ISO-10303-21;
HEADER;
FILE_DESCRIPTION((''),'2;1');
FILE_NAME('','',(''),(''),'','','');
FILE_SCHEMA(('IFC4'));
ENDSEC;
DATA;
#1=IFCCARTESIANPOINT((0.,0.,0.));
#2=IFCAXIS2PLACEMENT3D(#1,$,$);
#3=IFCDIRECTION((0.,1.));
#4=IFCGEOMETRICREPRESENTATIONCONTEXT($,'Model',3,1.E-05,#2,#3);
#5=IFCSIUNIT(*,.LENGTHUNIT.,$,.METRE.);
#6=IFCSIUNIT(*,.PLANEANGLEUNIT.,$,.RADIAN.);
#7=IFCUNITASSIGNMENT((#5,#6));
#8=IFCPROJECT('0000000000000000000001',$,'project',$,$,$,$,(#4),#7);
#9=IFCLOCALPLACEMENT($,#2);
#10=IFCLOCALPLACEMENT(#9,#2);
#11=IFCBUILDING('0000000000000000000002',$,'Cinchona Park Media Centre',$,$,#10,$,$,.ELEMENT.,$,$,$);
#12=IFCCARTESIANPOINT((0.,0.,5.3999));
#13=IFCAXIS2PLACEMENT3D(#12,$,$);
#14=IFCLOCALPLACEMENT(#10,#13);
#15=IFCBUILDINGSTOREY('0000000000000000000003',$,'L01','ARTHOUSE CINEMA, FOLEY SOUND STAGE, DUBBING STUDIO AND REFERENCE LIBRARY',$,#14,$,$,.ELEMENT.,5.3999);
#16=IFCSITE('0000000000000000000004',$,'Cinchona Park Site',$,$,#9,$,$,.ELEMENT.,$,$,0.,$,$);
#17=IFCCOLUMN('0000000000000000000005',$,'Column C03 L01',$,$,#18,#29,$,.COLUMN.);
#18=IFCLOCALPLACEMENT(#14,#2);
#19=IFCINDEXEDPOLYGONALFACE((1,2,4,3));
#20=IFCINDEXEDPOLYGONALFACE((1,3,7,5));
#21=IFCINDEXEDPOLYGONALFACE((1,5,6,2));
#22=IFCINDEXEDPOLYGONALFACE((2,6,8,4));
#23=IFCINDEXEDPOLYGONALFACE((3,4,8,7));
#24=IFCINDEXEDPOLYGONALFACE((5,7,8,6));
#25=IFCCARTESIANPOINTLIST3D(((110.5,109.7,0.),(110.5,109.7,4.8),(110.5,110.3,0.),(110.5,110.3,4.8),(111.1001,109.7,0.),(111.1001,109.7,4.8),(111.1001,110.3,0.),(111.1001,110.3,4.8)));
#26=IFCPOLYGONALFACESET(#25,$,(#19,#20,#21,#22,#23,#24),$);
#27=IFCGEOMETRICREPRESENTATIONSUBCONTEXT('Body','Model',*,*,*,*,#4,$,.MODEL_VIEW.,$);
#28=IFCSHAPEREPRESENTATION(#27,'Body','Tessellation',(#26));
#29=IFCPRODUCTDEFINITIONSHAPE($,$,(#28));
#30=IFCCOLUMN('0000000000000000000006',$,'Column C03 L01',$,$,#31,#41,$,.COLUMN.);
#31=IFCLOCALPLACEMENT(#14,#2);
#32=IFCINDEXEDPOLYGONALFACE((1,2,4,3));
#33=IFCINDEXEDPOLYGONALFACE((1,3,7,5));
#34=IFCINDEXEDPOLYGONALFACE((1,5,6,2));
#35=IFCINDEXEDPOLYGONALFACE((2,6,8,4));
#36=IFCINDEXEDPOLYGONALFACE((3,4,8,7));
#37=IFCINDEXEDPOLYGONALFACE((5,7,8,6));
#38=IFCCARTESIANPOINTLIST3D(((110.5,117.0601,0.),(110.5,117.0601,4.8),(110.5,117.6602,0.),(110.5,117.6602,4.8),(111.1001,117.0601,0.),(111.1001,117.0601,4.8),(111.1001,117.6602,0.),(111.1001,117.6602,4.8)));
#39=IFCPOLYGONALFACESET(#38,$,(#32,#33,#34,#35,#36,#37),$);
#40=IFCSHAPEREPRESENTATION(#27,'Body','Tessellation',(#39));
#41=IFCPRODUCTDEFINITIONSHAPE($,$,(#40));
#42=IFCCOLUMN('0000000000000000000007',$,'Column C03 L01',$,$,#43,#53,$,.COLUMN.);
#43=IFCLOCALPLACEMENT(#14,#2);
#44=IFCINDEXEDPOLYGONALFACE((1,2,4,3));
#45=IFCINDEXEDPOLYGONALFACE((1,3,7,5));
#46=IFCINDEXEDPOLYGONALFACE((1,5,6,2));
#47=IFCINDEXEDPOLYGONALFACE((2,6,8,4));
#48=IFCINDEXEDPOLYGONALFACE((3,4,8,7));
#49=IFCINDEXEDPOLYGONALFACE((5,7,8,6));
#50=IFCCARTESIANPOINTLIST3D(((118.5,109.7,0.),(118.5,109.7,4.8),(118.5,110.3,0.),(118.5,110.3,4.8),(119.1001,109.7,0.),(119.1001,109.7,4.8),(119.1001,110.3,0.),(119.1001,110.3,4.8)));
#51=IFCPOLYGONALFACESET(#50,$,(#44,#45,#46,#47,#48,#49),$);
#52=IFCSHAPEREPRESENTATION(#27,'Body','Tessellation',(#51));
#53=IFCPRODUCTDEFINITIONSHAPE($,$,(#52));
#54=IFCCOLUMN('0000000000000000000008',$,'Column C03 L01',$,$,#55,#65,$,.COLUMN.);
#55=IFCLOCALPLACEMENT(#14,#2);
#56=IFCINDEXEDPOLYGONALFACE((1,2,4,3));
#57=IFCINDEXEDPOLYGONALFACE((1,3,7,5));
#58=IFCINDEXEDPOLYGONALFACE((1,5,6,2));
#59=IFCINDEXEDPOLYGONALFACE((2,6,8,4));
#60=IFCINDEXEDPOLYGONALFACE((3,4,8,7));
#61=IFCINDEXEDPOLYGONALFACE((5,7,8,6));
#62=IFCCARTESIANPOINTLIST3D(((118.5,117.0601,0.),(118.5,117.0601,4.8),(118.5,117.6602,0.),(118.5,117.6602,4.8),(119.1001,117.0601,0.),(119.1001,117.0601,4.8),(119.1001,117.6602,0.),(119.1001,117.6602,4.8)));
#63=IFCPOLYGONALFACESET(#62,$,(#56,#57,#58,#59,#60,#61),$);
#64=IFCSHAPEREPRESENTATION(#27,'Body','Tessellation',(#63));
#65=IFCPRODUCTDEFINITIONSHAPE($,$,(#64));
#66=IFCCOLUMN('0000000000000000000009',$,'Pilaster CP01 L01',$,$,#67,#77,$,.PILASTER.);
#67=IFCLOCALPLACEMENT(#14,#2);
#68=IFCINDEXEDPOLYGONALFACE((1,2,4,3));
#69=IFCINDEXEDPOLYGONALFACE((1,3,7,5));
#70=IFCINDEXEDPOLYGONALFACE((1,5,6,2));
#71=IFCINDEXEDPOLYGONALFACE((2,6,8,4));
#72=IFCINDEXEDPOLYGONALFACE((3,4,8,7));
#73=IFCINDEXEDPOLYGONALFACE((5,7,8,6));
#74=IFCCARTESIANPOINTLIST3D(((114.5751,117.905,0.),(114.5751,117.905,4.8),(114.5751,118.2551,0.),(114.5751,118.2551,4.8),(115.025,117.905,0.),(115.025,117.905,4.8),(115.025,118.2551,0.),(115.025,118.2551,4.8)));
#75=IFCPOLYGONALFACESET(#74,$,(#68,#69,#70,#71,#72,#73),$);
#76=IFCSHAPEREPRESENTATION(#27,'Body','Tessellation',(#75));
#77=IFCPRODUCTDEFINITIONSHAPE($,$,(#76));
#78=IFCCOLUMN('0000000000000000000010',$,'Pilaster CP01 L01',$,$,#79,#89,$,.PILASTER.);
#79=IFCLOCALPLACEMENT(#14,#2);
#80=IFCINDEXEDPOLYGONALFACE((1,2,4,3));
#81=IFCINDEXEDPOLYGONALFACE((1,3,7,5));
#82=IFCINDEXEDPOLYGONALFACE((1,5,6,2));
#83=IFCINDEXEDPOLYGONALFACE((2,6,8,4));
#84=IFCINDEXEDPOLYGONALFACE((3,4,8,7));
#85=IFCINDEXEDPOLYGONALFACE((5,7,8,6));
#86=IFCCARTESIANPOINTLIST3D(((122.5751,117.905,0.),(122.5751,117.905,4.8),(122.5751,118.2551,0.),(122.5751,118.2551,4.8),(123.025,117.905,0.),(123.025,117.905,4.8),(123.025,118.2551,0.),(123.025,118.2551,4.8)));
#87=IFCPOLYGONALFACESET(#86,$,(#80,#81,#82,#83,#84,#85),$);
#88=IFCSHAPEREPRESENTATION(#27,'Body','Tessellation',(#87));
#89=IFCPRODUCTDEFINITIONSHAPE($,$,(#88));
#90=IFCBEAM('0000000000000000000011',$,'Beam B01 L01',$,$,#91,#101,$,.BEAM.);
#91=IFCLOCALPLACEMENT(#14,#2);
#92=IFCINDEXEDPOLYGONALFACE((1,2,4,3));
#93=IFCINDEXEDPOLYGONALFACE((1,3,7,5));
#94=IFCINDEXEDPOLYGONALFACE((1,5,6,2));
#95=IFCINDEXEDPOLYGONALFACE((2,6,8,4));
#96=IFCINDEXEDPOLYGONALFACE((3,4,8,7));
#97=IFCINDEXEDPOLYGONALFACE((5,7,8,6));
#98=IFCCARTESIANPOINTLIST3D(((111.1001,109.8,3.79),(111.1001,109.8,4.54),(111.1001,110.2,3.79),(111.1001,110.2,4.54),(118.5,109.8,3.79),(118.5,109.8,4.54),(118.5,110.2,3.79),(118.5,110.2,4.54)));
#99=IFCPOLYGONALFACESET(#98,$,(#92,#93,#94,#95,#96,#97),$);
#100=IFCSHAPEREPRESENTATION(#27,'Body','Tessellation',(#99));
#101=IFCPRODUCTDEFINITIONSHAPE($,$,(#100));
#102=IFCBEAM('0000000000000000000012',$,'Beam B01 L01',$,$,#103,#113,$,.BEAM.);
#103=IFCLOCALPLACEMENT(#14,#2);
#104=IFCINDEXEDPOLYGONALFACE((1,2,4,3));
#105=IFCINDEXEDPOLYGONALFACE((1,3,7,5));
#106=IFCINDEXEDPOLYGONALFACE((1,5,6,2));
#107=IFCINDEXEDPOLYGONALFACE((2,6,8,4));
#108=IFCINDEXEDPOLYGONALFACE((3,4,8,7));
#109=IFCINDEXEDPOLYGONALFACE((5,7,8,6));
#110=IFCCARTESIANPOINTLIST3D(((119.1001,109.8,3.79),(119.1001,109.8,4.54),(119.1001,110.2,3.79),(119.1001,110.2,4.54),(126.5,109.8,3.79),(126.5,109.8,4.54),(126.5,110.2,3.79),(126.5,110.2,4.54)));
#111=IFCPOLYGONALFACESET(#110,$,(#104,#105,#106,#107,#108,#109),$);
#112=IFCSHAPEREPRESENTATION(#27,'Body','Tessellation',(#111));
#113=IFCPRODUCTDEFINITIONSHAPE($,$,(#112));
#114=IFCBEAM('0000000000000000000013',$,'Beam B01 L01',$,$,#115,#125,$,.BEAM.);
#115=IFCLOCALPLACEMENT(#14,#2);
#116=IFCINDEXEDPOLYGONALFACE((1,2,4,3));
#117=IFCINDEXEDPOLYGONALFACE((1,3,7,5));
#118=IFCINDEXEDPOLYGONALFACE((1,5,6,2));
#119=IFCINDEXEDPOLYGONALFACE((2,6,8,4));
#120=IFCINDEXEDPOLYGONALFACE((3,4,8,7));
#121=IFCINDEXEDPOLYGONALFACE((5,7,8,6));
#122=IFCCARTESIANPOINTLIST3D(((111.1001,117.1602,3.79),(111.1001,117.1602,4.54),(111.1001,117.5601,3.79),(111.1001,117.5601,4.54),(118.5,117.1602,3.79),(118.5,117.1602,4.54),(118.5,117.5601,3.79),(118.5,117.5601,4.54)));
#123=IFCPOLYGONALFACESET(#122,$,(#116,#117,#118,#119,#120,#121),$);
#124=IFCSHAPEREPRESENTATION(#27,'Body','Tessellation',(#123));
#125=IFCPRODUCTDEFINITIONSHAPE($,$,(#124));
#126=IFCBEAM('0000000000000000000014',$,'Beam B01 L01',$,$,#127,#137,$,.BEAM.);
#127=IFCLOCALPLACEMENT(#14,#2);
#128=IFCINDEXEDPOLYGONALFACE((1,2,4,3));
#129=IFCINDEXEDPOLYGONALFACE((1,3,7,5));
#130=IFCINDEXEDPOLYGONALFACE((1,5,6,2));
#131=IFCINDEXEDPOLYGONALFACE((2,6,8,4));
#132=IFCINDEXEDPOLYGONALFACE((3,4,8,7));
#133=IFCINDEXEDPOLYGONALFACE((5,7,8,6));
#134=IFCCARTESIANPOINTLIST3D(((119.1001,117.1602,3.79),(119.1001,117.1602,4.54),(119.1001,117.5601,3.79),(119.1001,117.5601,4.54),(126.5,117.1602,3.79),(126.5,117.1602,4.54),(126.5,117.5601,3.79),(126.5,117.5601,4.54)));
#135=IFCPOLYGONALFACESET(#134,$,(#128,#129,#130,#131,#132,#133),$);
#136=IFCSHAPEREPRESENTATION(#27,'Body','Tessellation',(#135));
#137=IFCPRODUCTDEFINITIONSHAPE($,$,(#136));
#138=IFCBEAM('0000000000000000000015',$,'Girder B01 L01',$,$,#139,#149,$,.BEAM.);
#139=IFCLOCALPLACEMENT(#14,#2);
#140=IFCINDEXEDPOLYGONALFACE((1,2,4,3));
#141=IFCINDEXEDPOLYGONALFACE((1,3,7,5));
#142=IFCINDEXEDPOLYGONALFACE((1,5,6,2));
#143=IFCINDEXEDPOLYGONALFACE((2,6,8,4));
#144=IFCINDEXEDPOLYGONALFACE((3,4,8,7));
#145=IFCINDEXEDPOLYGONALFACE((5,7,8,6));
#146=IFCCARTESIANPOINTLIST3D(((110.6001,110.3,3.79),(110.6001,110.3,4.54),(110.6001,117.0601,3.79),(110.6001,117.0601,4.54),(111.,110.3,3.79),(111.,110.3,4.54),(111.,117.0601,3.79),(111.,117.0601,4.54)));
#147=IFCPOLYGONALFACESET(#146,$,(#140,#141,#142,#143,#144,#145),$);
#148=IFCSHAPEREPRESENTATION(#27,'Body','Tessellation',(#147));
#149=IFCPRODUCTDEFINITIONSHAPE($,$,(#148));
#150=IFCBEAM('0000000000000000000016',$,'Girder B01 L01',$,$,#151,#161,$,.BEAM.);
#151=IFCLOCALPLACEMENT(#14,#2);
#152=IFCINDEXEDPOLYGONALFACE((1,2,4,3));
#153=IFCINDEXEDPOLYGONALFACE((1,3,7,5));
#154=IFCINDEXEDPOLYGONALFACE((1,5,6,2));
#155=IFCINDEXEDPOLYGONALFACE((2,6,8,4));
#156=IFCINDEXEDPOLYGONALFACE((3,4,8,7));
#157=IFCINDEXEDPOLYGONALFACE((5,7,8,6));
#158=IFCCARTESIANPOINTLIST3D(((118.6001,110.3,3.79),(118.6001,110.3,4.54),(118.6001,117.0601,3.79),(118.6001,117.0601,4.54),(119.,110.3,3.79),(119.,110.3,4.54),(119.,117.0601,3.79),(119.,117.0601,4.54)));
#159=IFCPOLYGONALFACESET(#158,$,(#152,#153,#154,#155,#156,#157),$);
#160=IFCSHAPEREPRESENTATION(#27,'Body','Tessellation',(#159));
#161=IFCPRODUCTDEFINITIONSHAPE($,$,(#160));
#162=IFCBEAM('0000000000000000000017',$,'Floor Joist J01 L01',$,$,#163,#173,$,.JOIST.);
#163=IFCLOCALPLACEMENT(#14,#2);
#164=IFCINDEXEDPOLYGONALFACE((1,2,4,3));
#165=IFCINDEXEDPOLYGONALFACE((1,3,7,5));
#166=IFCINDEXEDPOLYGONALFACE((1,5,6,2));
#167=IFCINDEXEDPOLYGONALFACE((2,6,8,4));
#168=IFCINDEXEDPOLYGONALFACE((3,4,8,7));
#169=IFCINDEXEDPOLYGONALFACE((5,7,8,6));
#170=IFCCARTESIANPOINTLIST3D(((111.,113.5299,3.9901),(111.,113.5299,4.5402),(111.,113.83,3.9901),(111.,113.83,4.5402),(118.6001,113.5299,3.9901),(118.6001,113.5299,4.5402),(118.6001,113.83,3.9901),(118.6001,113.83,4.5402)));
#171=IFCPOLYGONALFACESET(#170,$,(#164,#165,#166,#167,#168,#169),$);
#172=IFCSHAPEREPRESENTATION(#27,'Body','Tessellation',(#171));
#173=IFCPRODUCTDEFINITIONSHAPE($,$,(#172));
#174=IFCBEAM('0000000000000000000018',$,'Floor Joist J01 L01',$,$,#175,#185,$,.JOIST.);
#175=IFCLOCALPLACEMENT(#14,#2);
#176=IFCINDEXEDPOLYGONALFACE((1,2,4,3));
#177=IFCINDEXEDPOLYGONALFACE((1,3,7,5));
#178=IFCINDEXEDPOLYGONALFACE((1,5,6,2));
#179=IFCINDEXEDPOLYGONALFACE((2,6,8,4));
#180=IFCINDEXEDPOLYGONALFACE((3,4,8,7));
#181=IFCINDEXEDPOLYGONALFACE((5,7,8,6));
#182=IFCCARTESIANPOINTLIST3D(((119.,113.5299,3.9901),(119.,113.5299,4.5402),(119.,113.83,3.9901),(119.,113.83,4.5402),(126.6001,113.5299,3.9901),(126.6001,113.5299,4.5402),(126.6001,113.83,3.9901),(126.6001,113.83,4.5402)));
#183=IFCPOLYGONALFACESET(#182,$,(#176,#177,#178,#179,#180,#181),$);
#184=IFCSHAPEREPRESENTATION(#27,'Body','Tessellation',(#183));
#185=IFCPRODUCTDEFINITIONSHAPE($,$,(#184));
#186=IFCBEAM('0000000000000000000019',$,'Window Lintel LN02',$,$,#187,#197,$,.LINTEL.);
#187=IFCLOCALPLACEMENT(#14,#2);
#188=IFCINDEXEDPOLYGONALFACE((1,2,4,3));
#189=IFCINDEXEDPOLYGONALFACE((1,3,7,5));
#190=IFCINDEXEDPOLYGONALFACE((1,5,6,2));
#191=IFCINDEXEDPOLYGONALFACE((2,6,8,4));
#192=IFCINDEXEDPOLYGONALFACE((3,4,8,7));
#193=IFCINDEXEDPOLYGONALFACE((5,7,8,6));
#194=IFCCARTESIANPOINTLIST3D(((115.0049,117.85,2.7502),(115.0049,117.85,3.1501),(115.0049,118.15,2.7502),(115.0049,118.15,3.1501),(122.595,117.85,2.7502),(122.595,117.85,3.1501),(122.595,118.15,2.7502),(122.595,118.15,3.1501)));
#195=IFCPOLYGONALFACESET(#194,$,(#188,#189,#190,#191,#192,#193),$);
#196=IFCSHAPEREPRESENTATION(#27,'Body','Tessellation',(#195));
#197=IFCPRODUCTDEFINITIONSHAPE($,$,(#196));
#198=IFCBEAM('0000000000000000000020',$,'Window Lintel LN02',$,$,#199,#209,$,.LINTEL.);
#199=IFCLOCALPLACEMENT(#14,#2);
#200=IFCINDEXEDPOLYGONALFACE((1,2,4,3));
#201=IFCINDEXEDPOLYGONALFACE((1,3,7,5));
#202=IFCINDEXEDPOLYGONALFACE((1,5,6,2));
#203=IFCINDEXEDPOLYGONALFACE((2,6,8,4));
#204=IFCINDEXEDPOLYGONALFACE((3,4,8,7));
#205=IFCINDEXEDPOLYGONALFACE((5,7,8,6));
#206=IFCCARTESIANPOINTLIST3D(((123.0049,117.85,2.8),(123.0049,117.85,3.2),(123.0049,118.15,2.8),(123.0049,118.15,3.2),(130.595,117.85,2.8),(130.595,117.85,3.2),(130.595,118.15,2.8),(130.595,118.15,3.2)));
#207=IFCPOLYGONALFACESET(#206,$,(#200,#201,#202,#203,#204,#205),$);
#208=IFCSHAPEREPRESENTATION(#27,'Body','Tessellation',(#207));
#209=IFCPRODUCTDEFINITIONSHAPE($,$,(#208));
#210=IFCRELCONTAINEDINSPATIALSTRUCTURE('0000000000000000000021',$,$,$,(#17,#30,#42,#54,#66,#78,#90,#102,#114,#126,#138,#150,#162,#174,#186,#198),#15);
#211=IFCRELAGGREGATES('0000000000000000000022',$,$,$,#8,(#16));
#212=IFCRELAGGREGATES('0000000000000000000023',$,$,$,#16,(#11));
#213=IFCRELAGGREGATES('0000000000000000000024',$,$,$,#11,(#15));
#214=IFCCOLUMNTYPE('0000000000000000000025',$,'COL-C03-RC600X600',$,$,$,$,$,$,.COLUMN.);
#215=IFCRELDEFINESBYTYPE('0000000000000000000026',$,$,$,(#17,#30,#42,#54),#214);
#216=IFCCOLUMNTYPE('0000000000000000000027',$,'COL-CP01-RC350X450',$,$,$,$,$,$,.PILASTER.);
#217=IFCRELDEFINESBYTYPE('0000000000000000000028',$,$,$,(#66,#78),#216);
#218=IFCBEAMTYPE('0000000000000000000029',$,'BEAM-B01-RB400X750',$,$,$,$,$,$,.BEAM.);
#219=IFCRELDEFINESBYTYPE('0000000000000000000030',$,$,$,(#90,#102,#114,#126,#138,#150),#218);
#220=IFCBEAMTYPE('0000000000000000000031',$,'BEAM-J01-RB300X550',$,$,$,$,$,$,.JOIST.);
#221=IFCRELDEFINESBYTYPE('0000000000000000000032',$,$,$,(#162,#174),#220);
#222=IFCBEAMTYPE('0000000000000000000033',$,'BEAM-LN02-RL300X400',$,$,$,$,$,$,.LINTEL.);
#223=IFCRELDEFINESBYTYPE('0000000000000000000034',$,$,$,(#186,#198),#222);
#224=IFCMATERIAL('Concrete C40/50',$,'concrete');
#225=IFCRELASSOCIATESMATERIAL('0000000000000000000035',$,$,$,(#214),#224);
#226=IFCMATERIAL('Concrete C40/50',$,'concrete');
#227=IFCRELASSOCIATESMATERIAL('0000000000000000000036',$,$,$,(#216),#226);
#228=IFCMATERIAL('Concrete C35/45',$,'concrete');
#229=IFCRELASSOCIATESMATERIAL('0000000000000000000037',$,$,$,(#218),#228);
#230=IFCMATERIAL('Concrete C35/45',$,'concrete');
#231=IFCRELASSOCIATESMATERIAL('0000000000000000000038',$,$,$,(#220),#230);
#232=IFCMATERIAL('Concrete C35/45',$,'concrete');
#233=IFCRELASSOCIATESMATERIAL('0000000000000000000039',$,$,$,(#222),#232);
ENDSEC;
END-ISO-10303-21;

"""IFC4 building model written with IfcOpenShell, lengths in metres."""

from ifc_helpers import new_model, si_unit, direction, frame, origin, origin_2d, place, context, subcontext, project, spatial, rectangle, extrude, material, material_profile, profile_set, type_object, element, save


model = new_model("IFC4")

# Units and contexts
model_context = context("Model", 3, precision=1e-05, world=origin(), true_north=direction((0.0, 1.0)))
body_context = subcontext(model_context, "Body", "Model", "MODEL_VIEW")
ifc_project = project(units=[si_unit("LENGTHUNIT", "METRE"), si_unit("PLANEANGLEUNIT", "RADIAN")], contexts=[model_context])

# Site, building, storey
site_placement = place(None, origin())
site = spatial("IfcSite", under=ifc_project, at=site_placement, Name="Cinchona Park Site", CompositionType="ELEMENT", RefElevation=0.0)
building_placement = place(site_placement, origin())
building = spatial("IfcBuilding", under=site, at=building_placement, Name="Cinchona Park Media Centre", CompositionType="ELEMENT")
storey_placement = place(building_placement, frame((0.0, 0.0, 5.3999)))
storey = spatial("IfcBuildingStorey", under=building, at=storey_placement, Name="L01", Description="ARTHOUSE CINEMA, FOLEY SOUND STAGE, DUBBING STUDIO AND REFERENCE LIBRARY", CompositionType="ELEMENT", Elevation=5.3999)

# Columns
ifc_material_1 = material(Name="Concrete C40/50", Category="concrete")
ifc_material_profile_1 = material_profile(ifc_material_1, rectangle(XDim=0.6001, YDim=0.6001, at=origin_2d()), Name="RC 600X600")
ifc_profile_set_1 = profile_set([ifc_material_profile_1], Name="Concrete C40/50")
column_type_1 = type_object("IfcColumnType", Name="COL-C03-RC600X600", PredefinedType="COLUMN", material=ifc_profile_set_1)
for number, where, z_axis, x_axis, name in (
    (1, (110.8, 110.0, 0.0), (0.0, 0.0, 1.0), (1.0, 0.0, 0.0), "Column C03 L01"),
    (2, (110.8, 117.3601, 0.0), (0.0, 0.0, 1.0), (1.0, 0.0, 0.0), "Column C03 L01"),
    (3, (118.8, 110.0, 0.0), (0.0, 0.0, 1.0), (1.0, 0.0, 0.0), "Column C03 L01"),
    (4, (118.8, 117.3601, 0.0), (0.0, 0.0, 1.0), (1.0, 0.0, 0.0), "Column C03 L01"),
):
    element("IfcColumn", number, at=place(storey_placement, frame(where, z_axis=z_axis, x_axis=x_axis)), inside=storey, type_object=column_type_1, Name=name, PredefinedType="COLUMN", context=body_context, shape_type="SweptSolid", body=[
        extrude(rectangle(XDim=0.6001, YDim=0.6001, at=origin_2d()), origin(), (0.0, 0.0, 1.0), 4.8),
    ])
ifc_material_2 = material(Name="Concrete C40/50", Category="concrete")
ifc_material_profile_2 = material_profile(ifc_material_2, rectangle(XDim=0.3501, YDim=0.45, at=origin_2d()), Name="RC 350X450")
ifc_profile_set_2 = profile_set([ifc_material_profile_2], Name="Concrete C40/50")
column_type_2 = type_object("IfcColumnType", Name="COL-CP01-RC350X450", PredefinedType="PILASTER", material=ifc_profile_set_2)
for number, where, z_axis, x_axis, name in (
    (5, (114.8, 118.0801, 0.0), (0.0, 0.0, 1.0), (0.0, 1.0, 0.0), "Pilaster CP01 L01"),
    (6, (122.8, 118.0801, 0.0), (0.0, 0.0, 1.0), (0.0, 1.0, 0.0), "Pilaster CP01 L01"),
):
    element("IfcColumn", number, at=place(storey_placement, frame(where, z_axis=z_axis, x_axis=x_axis)), inside=storey, type_object=column_type_2, Name=name, PredefinedType="PILASTER", context=body_context, shape_type="SweptSolid", body=[
        extrude(rectangle(XDim=0.3501, YDim=0.45, at=origin_2d()), origin(), (0.0, 0.0, 1.0), 4.8),
    ])

# Beams
ifc_material_3 = material(Name="Concrete C35/45", Category="concrete")
ifc_material_profile_3 = material_profile(ifc_material_3, rectangle(XDim=0.3999, YDim=0.75, at=origin_2d()), Name="RB 400X750")
ifc_profile_set_3 = profile_set([ifc_material_profile_3], Name="Concrete C35/45")
beam_type_1 = type_object("IfcBeamType", Name="BEAM-B01-RB400X750", PredefinedType="BEAM", material=ifc_profile_set_3)
for number, where, z_axis, x_axis, name in (
    (7, (111.1001, 110.0, 4.165), (1.0, 0.0, 0.0), (0.0, 1.0, 0.0), "Beam B01 L01"),
    (8, (119.1001, 110.0, 4.165), (1.0, 0.0, 0.0), (0.0, 1.0, 0.0), "Beam B01 L01"),
    (9, (111.1001, 117.3601, 4.165), (1.0, 0.0, 0.0), (0.0, 1.0, 0.0), "Beam B01 L01"),
    (10, (119.1001, 117.3601, 4.165), (1.0, 0.0, 0.0), (0.0, 1.0, 0.0), "Beam B01 L01"),
):
    element("IfcBeam", number, at=place(storey_placement, frame(where, z_axis=z_axis, x_axis=x_axis)), inside=storey, type_object=beam_type_1, Name=name, PredefinedType="BEAM", context=body_context, shape_type="SweptSolid", body=[
        extrude(rectangle(XDim=0.3999, YDim=0.75, at=origin_2d()), origin(), (0.0, 0.0, 1.0), 7.3999),
    ])
for number, where, z_axis, x_axis, name in (
    (11, (110.8, 110.3, 4.165), (0.0, 1.0, 0.0), (-1.0, 0.0, 0.0), "Girder B01 L01"),
    (12, (118.8, 110.3, 4.165), (0.0, 1.0, 0.0), (-1.0, 0.0, 0.0), "Girder B01 L01"),
):
    element("IfcBeam", number, at=place(storey_placement, frame(where, z_axis=z_axis, x_axis=x_axis)), inside=storey, type_object=beam_type_1, Name=name, PredefinedType="BEAM", context=body_context, shape_type="SweptSolid", body=[
        extrude(rectangle(XDim=0.3999, YDim=0.75, at=origin_2d()), origin(), (0.0, 0.0, 1.0), 6.76),
    ])
ifc_material_4 = material(Name="Concrete C35/45", Category="concrete")
ifc_material_profile_4 = material_profile(ifc_material_4, rectangle(XDim=0.3, YDim=0.55, at=origin_2d()), Name="RB 300X550")
ifc_profile_set_4 = profile_set([ifc_material_profile_4], Name="Concrete C35/45")
beam_type_2 = type_object("IfcBeamType", Name="BEAM-J01-RB300X550", PredefinedType="JOIST", material=ifc_profile_set_4)
for number, where, z_axis, x_axis, name in (
    (13, (111.0, 113.6799, 4.2651), (1.0, 0.0, 0.0), (0.0, 1.0, 0.0), "Floor Joist J01 L01"),
    (14, (119.0, 113.6799, 4.2651), (1.0, 0.0, 0.0), (0.0, 1.0, 0.0), "Floor Joist J01 L01"),
):
    element("IfcBeam", number, at=place(storey_placement, frame(where, z_axis=z_axis, x_axis=x_axis)), inside=storey, type_object=beam_type_2, Name=name, PredefinedType="JOIST", context=body_context, shape_type="SweptSolid", body=[
        extrude(rectangle(XDim=0.3, YDim=0.55, at=origin_2d()), origin(), (0.0, 0.0, 1.0), 7.6001),
    ])
ifc_material_5 = material(Name="Concrete C35/45", Category="concrete")
ifc_material_profile_5 = material_profile(ifc_material_5, rectangle(XDim=0.3, YDim=0.3999, at=origin_2d()), Name="RL 300X400")
ifc_profile_set_5 = profile_set([ifc_material_profile_5], Name="Concrete C35/45")
beam_type_3 = type_object("IfcBeamType", Name="BEAM-LN02-RL300X400", PredefinedType="LINTEL", material=ifc_profile_set_5)
for number, where, z_axis, x_axis, name in (
    (15, (115.0049, 118.0, 2.9502), (1.0, 0.0, 0.0), (0.0, 1.0, 0.0), "Window Lintel LN02"),
    (16, (123.0049, 118.0, 3.0), (1.0, 0.0, 0.0), (0.0, 1.0, 0.0), "Window Lintel LN02"),
):
    element("IfcBeam", number, at=place(storey_placement, frame(where, z_axis=z_axis, x_axis=x_axis)), inside=storey, type_object=beam_type_3, Name=name, PredefinedType="LINTEL", context=body_context, shape_type="SweptSolid", body=[
        extrude(rectangle(XDim=0.3, YDim=0.3999, at=origin_2d()), origin(), (0.0, 0.0, 1.0), 7.5901),
    ])

save(model, "model.ifc")
